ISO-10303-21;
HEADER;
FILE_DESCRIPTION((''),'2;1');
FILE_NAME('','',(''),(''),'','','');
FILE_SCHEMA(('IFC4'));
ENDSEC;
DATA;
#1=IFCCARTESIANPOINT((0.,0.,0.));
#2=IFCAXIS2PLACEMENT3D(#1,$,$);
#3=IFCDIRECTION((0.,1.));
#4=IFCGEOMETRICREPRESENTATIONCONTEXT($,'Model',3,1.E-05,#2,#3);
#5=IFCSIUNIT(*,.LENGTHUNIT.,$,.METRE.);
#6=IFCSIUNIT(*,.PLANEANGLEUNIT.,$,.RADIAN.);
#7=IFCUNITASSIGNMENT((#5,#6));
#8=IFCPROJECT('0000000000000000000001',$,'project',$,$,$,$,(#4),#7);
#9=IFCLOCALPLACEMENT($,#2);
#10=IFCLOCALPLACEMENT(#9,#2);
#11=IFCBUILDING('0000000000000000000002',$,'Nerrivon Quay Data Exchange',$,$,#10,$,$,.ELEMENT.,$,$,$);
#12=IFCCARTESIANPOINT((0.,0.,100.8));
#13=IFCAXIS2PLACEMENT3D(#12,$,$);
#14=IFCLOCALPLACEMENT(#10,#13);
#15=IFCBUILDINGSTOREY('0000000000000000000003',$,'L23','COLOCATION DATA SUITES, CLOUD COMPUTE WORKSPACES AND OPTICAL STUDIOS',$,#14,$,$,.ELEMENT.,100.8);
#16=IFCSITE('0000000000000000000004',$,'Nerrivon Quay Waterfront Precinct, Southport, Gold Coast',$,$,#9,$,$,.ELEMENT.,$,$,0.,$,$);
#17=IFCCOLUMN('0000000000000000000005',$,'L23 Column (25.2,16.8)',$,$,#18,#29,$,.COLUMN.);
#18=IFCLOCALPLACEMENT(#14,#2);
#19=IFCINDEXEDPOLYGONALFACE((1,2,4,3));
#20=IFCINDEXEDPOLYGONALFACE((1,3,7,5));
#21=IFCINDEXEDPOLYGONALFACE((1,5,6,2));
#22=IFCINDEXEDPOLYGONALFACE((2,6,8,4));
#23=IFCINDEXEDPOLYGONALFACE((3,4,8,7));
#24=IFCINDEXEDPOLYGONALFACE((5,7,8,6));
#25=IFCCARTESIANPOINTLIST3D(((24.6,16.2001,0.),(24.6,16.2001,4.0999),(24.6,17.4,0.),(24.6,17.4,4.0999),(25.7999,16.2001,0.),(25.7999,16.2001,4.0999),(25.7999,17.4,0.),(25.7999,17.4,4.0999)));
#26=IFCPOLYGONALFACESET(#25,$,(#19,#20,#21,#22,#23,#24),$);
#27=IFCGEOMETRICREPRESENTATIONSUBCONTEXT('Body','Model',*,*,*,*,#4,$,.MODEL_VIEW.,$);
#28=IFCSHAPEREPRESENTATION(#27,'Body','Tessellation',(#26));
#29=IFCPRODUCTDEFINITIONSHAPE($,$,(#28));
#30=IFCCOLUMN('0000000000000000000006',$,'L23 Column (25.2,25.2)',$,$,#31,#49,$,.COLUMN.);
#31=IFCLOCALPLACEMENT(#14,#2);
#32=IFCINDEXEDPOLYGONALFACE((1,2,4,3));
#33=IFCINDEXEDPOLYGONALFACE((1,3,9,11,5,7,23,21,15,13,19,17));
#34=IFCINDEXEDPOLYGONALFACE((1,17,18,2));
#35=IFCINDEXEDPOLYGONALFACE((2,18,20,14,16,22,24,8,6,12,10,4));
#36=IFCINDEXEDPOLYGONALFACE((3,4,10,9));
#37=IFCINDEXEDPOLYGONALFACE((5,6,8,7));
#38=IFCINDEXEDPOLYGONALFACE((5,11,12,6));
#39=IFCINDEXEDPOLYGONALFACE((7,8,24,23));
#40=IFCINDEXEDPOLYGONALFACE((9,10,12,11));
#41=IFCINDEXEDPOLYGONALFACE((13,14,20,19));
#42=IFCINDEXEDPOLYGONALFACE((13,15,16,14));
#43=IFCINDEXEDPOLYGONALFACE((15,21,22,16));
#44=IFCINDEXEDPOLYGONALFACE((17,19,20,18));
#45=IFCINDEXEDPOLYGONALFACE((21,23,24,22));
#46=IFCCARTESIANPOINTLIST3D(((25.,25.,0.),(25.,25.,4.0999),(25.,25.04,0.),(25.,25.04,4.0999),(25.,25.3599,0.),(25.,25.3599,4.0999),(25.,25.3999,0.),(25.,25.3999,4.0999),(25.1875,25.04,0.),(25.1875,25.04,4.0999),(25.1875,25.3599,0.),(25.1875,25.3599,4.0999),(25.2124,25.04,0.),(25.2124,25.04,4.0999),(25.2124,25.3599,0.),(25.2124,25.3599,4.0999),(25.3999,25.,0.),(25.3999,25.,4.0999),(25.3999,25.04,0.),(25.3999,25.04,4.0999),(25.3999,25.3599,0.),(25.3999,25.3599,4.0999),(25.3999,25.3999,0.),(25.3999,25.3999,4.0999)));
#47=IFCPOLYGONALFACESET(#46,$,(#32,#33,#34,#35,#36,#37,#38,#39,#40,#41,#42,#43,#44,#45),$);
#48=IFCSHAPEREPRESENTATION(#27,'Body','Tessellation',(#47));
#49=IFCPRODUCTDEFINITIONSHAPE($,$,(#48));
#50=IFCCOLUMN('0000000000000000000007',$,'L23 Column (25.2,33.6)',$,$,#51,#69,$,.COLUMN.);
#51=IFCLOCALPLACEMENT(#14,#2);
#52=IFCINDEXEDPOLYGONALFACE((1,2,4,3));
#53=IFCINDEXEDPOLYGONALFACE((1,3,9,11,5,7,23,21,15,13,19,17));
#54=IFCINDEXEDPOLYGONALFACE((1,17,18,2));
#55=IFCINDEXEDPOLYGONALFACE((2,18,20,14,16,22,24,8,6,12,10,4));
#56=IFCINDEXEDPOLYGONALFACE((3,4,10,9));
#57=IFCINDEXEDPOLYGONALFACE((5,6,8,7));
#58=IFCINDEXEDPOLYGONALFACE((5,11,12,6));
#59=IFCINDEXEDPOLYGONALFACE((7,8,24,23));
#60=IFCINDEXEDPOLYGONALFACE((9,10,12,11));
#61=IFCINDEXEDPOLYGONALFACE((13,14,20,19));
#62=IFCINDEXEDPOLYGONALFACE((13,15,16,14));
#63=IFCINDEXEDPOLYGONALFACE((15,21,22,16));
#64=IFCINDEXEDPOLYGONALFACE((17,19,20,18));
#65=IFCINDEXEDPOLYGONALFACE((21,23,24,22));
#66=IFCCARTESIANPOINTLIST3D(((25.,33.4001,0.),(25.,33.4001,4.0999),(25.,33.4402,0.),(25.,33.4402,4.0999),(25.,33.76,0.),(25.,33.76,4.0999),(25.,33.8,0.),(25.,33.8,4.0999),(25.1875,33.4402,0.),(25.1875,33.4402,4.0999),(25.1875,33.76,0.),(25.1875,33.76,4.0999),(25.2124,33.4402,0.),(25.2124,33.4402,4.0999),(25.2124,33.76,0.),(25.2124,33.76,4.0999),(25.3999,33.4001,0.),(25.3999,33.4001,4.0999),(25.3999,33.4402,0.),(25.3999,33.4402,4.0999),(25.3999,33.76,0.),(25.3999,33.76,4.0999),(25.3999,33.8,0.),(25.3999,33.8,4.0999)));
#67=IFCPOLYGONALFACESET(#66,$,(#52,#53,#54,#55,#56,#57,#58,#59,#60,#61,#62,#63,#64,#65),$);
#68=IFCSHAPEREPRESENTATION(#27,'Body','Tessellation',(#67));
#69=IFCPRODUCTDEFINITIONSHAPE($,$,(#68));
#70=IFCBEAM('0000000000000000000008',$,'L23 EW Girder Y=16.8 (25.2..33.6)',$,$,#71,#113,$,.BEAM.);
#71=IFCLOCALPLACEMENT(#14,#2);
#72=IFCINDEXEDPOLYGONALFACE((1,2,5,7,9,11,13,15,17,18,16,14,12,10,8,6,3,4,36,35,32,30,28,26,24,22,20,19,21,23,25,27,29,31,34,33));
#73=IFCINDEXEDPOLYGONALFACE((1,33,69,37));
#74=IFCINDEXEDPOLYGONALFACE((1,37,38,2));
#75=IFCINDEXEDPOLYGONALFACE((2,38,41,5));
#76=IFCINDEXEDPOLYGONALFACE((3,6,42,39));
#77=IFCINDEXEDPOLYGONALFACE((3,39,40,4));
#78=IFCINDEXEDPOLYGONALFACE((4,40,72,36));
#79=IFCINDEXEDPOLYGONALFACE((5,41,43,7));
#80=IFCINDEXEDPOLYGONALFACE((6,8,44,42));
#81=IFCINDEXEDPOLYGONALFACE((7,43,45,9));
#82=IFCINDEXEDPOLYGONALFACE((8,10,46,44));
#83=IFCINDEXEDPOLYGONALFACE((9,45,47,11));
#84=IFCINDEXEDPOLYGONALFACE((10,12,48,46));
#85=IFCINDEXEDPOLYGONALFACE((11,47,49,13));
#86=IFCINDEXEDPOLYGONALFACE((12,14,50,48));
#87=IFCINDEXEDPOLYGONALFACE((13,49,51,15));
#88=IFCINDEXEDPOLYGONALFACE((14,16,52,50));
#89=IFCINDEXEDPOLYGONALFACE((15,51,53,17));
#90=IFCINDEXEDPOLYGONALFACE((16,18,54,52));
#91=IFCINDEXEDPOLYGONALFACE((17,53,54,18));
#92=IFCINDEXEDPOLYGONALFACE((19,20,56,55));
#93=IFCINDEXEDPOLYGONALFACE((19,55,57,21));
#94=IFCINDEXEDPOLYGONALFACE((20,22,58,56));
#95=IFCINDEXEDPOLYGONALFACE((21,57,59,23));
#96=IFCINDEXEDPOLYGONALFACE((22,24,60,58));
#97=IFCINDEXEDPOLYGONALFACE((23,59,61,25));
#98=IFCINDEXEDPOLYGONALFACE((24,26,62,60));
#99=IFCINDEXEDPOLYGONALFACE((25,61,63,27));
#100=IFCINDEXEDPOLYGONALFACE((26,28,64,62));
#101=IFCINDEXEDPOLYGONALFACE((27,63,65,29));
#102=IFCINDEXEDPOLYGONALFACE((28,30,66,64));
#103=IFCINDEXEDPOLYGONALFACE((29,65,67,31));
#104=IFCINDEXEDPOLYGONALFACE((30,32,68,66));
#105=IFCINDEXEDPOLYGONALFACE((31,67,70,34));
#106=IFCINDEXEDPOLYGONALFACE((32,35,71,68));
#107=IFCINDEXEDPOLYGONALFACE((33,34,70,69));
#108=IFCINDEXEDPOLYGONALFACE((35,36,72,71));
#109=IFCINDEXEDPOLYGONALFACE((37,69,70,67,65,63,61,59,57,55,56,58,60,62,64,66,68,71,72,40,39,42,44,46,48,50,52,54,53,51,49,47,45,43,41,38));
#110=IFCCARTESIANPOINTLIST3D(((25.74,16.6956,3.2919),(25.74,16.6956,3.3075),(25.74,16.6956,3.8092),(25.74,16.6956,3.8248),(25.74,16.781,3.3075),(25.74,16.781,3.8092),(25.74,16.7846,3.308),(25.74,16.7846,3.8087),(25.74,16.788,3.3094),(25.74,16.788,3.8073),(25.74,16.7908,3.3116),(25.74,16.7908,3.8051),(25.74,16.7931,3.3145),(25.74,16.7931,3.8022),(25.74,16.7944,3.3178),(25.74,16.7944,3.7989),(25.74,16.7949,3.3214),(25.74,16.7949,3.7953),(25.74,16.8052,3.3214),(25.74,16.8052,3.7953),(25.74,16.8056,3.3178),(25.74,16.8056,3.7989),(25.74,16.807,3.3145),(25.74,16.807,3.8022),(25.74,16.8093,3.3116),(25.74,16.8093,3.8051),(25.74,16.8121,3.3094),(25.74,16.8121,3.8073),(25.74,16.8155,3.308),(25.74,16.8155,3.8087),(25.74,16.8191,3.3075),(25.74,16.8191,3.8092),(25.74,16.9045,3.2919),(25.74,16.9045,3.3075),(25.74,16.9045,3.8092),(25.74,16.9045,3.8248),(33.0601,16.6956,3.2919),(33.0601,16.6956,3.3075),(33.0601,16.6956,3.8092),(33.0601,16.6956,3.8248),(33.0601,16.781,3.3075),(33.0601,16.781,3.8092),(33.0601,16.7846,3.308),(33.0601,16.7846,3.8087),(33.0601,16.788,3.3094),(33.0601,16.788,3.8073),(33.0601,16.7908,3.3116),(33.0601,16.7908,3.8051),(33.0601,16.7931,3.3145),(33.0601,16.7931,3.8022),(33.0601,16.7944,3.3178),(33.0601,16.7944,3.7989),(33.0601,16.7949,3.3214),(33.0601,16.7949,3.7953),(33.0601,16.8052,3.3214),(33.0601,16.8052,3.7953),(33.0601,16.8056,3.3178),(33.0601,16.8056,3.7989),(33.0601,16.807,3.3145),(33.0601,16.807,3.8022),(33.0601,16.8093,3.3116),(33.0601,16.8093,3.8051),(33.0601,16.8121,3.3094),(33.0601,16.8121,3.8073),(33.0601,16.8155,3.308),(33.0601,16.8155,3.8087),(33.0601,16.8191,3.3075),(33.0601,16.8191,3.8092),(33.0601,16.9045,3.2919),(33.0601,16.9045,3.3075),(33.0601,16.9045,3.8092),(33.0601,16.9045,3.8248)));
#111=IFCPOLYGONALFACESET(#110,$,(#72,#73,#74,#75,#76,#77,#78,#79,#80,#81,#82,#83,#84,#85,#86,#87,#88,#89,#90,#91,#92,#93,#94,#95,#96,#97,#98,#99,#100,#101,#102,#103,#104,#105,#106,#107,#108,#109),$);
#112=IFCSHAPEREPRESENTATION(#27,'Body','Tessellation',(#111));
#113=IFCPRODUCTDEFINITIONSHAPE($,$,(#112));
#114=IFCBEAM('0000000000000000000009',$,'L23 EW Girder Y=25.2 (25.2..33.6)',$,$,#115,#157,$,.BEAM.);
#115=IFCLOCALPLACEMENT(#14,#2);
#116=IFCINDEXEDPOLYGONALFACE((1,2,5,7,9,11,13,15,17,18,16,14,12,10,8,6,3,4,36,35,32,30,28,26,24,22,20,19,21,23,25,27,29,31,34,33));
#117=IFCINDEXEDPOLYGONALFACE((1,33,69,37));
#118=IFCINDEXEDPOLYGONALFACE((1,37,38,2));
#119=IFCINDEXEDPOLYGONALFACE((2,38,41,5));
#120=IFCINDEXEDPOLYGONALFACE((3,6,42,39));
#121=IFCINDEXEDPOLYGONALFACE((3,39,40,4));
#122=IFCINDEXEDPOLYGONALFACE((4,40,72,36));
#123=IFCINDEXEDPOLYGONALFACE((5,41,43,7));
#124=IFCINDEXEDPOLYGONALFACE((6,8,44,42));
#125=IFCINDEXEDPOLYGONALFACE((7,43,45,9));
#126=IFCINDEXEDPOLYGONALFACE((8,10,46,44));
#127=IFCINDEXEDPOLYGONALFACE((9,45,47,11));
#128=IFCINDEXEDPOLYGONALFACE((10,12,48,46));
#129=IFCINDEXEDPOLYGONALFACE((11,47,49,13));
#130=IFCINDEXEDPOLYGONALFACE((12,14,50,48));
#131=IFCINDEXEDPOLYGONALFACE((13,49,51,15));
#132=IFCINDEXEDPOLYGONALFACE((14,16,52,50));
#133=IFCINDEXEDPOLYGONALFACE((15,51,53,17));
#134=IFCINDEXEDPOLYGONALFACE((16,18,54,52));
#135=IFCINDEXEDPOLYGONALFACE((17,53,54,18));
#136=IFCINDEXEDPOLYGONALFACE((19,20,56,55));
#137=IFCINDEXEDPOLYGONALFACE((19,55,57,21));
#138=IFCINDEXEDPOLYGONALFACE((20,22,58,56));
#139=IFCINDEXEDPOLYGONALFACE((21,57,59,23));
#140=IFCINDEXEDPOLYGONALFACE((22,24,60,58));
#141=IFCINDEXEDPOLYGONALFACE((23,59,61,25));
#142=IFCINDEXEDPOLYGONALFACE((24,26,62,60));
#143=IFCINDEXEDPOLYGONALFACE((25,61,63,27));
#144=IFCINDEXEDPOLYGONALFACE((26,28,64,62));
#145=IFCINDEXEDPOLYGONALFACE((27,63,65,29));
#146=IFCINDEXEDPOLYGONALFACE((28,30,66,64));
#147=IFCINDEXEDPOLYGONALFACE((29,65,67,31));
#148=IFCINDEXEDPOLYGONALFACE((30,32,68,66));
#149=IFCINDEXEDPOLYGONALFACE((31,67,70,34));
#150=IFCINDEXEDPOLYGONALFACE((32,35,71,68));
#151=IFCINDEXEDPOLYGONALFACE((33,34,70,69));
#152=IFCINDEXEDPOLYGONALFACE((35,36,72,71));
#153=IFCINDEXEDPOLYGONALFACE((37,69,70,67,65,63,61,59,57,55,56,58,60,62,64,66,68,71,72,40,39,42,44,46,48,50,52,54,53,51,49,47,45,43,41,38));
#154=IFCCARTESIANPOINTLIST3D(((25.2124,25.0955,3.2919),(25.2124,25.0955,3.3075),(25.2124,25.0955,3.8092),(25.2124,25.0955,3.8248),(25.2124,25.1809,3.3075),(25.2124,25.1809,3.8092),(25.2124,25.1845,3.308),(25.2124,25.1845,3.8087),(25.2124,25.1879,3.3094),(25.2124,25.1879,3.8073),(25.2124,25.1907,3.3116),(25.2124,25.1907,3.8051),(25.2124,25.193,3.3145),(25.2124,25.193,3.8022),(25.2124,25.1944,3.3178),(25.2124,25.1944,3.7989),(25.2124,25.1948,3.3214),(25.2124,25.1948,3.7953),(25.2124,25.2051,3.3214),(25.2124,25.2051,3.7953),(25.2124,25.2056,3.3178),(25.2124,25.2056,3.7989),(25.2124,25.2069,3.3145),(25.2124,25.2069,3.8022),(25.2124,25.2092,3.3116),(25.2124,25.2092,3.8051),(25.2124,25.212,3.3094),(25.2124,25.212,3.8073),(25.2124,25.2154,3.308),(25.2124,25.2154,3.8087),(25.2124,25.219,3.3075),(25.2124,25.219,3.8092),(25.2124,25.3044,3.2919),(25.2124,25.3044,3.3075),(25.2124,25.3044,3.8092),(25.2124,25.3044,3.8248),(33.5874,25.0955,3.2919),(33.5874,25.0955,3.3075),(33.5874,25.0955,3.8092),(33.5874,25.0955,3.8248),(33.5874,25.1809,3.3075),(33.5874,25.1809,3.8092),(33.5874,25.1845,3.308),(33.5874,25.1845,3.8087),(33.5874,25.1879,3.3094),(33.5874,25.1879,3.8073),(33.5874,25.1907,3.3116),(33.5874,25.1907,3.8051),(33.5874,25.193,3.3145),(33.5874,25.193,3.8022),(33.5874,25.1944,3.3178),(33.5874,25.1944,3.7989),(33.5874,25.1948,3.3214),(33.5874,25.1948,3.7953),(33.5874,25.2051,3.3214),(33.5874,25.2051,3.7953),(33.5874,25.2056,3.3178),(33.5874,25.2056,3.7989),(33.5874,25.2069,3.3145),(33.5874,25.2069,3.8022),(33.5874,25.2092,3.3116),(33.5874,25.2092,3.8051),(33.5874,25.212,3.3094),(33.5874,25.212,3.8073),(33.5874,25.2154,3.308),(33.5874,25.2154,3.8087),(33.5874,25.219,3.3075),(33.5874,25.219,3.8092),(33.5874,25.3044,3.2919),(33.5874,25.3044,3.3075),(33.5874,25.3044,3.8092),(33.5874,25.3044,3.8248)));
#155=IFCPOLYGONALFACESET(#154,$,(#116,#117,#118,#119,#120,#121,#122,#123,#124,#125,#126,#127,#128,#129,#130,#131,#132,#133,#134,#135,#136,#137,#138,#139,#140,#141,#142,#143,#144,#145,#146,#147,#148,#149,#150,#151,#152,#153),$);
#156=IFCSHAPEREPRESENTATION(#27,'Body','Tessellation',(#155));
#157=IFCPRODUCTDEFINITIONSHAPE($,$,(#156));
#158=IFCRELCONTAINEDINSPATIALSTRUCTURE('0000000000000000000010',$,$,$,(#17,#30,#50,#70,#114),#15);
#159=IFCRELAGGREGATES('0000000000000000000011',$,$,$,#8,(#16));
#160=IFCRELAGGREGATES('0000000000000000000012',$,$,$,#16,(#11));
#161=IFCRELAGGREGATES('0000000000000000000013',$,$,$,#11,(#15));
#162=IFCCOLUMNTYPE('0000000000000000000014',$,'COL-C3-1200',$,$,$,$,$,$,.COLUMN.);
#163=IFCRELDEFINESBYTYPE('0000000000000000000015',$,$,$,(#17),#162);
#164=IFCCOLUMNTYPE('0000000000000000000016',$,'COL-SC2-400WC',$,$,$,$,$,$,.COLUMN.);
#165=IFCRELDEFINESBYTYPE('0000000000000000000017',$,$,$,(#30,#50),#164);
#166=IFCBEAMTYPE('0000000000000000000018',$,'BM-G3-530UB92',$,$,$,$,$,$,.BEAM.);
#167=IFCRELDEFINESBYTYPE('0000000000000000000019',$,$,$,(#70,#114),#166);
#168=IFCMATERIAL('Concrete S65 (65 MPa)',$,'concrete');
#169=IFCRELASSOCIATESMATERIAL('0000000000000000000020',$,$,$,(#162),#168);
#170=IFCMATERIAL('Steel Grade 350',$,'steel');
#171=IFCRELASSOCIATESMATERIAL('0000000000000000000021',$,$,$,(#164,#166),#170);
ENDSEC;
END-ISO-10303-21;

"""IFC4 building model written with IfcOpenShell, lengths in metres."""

from ifc_helpers import new_model, si_unit, direction, frame, origin, origin_2d, place, context, subcontext, project, spatial, rectangle, i_section, extrude, material, material_profile, profile_set, type_object, element, save


model = new_model("IFC4")

# Units and contexts
model_context = context("Model", 3, precision=1e-05, world=origin(), true_north=direction((0.0, 1.0)))
body_context = subcontext(model_context, "Body", "Model", "MODEL_VIEW")
ifc_project = project(units=[si_unit("LENGTHUNIT", "METRE"), si_unit("PLANEANGLEUNIT", "RADIAN")], contexts=[model_context])

# Site, building, storey
site_placement = place(None, origin())
site = spatial("IfcSite", under=ifc_project, at=site_placement, Name="Nerrivon Quay Waterfront Precinct, Southport, Gold Coast", CompositionType="ELEMENT", RefElevation=0.0)
building_placement = place(site_placement, origin())
building = spatial("IfcBuilding", under=site, at=building_placement, Name="Nerrivon Quay Data Exchange", CompositionType="ELEMENT")
storey_placement = place(building_placement, frame((0.0, 0.0, 100.8)))
storey = spatial("IfcBuildingStorey", under=building, at=storey_placement, Name="L23", Description="COLOCATION DATA SUITES, CLOUD COMPUTE WORKSPACES AND OPTICAL STUDIOS", CompositionType="ELEMENT", Elevation=100.8)

# Columns
ifc_material_1 = material(Name="Concrete S65 (65 MPa)", Category="concrete")
ifc_material_profile_1 = material_profile(ifc_material_1, rectangle(XDim=1.2, YDim=1.2, at=origin_2d()), Name="RC-COL-1200x1200")
ifc_profile_set_1 = profile_set([ifc_material_profile_1], Name="Concrete S65 (65 MPa)")
column_type_1 = type_object("IfcColumnType", Name="COL-C3-1200", PredefinedType="COLUMN", material=ifc_profile_set_1)
column_placement = place(storey_placement, frame((25.2, 16.8, 0.0), z_axis=(0.0, 0.0, 1.0), x_axis=(1.0, 0.0, 0.0)))
element("IfcColumn", 1, at=column_placement, inside=storey, type_object=column_type_1, Name="L23 Column (25.2,16.8)", PredefinedType="COLUMN", context=body_context, shape_type="SweptSolid", body=[
    extrude(rectangle(XDim=1.2, YDim=1.2, at=origin_2d()), origin(), (0.0, 0.0, 1.0), 4.0999),
])
ifc_material_2 = material(Name="Steel Grade 350", Category="steel")
ifc_material_profile_2 = material_profile(ifc_material_2, i_section(OverallWidth=0.3999, OverallDepth=0.3999, WebThickness=0.0249, FlangeThickness=0.04, at=origin_2d()), Name="400WC328")
ifc_profile_set_2 = profile_set([ifc_material_profile_2], Name="Steel Grade 350")
column_type_2 = type_object("IfcColumnType", Name="COL-SC2-400WC", PredefinedType="COLUMN", material=ifc_profile_set_2)
for number, where, z_axis, x_axis, name in (
    (2, (25.2, 25.2, 0.0), (0.0, 0.0, 1.0), (1.0, 0.0, 0.0), "L23 Column (25.2,25.2)"),
    (3, (25.2, 33.6001, 0.0), (0.0, 0.0, 1.0), (1.0, 0.0, 0.0), "L23 Column (25.2,33.6)"),
):
    element("IfcColumn", number, at=place(storey_placement, frame(where, z_axis=z_axis, x_axis=x_axis)), inside=storey, type_object=column_type_2, Name=name, PredefinedType="COLUMN", context=body_context, shape_type="SweptSolid", body=[
        extrude(i_section(OverallWidth=0.3999, OverallDepth=0.3999, WebThickness=0.0249, FlangeThickness=0.04, at=origin_2d()), origin(), (0.0, 0.0, 1.0), 4.0999),
    ])

# Beams
ifc_material_profile_3 = material_profile(ifc_material_2, i_section(OverallWidth=0.209, OverallDepth=0.533, WebThickness=0.0103, FlangeThickness=0.0156, FilletRadius=0.0139, at=origin_2d()), Name="530UB92.4")
ifc_profile_set_3 = profile_set([ifc_material_profile_3], Name="Steel Grade 350")
beam_type_1 = type_object("IfcBeamType", Name="BM-G3-530UB92", PredefinedType="BEAM", material=ifc_profile_set_3)
beam_1_placement = place(storey_placement, frame((25.74, 16.8, 3.5583), z_axis=(1.0, 0.0, 0.0), x_axis=(0.0, 1.0, 0.0)))
element("IfcBeam", 4, at=beam_1_placement, inside=storey, type_object=beam_type_1, Name="L23 EW Girder Y=16.8 (25.2..33.6)", PredefinedType="BEAM", context=body_context, shape_type="SweptSolid", body=[
    extrude(i_section(OverallWidth=0.209, OverallDepth=0.533, WebThickness=0.0103, FlangeThickness=0.0156, FilletRadius=0.0139, at=origin_2d()), origin(), (0.0, 0.0, 1.0), 7.3201),
])
beam_2_placement = place(storey_placement, frame((25.2124, 25.2, 3.5583), z_axis=(1.0, 0.0, 0.0), x_axis=(0.0, 1.0, 0.0)))
element("IfcBeam", 5, at=beam_2_placement, inside=storey, type_object=beam_type_1, Name="L23 EW Girder Y=25.2 (25.2..33.6)", PredefinedType="BEAM", context=body_context, shape_type="SweptSolid", body=[
    extrude(i_section(OverallWidth=0.209, OverallDepth=0.533, WebThickness=0.0103, FlangeThickness=0.0156, FilletRadius=0.0139, at=origin_2d()), origin(), (0.0, 0.0, 1.0), 8.375),
])

save(model, "model.ifc")
